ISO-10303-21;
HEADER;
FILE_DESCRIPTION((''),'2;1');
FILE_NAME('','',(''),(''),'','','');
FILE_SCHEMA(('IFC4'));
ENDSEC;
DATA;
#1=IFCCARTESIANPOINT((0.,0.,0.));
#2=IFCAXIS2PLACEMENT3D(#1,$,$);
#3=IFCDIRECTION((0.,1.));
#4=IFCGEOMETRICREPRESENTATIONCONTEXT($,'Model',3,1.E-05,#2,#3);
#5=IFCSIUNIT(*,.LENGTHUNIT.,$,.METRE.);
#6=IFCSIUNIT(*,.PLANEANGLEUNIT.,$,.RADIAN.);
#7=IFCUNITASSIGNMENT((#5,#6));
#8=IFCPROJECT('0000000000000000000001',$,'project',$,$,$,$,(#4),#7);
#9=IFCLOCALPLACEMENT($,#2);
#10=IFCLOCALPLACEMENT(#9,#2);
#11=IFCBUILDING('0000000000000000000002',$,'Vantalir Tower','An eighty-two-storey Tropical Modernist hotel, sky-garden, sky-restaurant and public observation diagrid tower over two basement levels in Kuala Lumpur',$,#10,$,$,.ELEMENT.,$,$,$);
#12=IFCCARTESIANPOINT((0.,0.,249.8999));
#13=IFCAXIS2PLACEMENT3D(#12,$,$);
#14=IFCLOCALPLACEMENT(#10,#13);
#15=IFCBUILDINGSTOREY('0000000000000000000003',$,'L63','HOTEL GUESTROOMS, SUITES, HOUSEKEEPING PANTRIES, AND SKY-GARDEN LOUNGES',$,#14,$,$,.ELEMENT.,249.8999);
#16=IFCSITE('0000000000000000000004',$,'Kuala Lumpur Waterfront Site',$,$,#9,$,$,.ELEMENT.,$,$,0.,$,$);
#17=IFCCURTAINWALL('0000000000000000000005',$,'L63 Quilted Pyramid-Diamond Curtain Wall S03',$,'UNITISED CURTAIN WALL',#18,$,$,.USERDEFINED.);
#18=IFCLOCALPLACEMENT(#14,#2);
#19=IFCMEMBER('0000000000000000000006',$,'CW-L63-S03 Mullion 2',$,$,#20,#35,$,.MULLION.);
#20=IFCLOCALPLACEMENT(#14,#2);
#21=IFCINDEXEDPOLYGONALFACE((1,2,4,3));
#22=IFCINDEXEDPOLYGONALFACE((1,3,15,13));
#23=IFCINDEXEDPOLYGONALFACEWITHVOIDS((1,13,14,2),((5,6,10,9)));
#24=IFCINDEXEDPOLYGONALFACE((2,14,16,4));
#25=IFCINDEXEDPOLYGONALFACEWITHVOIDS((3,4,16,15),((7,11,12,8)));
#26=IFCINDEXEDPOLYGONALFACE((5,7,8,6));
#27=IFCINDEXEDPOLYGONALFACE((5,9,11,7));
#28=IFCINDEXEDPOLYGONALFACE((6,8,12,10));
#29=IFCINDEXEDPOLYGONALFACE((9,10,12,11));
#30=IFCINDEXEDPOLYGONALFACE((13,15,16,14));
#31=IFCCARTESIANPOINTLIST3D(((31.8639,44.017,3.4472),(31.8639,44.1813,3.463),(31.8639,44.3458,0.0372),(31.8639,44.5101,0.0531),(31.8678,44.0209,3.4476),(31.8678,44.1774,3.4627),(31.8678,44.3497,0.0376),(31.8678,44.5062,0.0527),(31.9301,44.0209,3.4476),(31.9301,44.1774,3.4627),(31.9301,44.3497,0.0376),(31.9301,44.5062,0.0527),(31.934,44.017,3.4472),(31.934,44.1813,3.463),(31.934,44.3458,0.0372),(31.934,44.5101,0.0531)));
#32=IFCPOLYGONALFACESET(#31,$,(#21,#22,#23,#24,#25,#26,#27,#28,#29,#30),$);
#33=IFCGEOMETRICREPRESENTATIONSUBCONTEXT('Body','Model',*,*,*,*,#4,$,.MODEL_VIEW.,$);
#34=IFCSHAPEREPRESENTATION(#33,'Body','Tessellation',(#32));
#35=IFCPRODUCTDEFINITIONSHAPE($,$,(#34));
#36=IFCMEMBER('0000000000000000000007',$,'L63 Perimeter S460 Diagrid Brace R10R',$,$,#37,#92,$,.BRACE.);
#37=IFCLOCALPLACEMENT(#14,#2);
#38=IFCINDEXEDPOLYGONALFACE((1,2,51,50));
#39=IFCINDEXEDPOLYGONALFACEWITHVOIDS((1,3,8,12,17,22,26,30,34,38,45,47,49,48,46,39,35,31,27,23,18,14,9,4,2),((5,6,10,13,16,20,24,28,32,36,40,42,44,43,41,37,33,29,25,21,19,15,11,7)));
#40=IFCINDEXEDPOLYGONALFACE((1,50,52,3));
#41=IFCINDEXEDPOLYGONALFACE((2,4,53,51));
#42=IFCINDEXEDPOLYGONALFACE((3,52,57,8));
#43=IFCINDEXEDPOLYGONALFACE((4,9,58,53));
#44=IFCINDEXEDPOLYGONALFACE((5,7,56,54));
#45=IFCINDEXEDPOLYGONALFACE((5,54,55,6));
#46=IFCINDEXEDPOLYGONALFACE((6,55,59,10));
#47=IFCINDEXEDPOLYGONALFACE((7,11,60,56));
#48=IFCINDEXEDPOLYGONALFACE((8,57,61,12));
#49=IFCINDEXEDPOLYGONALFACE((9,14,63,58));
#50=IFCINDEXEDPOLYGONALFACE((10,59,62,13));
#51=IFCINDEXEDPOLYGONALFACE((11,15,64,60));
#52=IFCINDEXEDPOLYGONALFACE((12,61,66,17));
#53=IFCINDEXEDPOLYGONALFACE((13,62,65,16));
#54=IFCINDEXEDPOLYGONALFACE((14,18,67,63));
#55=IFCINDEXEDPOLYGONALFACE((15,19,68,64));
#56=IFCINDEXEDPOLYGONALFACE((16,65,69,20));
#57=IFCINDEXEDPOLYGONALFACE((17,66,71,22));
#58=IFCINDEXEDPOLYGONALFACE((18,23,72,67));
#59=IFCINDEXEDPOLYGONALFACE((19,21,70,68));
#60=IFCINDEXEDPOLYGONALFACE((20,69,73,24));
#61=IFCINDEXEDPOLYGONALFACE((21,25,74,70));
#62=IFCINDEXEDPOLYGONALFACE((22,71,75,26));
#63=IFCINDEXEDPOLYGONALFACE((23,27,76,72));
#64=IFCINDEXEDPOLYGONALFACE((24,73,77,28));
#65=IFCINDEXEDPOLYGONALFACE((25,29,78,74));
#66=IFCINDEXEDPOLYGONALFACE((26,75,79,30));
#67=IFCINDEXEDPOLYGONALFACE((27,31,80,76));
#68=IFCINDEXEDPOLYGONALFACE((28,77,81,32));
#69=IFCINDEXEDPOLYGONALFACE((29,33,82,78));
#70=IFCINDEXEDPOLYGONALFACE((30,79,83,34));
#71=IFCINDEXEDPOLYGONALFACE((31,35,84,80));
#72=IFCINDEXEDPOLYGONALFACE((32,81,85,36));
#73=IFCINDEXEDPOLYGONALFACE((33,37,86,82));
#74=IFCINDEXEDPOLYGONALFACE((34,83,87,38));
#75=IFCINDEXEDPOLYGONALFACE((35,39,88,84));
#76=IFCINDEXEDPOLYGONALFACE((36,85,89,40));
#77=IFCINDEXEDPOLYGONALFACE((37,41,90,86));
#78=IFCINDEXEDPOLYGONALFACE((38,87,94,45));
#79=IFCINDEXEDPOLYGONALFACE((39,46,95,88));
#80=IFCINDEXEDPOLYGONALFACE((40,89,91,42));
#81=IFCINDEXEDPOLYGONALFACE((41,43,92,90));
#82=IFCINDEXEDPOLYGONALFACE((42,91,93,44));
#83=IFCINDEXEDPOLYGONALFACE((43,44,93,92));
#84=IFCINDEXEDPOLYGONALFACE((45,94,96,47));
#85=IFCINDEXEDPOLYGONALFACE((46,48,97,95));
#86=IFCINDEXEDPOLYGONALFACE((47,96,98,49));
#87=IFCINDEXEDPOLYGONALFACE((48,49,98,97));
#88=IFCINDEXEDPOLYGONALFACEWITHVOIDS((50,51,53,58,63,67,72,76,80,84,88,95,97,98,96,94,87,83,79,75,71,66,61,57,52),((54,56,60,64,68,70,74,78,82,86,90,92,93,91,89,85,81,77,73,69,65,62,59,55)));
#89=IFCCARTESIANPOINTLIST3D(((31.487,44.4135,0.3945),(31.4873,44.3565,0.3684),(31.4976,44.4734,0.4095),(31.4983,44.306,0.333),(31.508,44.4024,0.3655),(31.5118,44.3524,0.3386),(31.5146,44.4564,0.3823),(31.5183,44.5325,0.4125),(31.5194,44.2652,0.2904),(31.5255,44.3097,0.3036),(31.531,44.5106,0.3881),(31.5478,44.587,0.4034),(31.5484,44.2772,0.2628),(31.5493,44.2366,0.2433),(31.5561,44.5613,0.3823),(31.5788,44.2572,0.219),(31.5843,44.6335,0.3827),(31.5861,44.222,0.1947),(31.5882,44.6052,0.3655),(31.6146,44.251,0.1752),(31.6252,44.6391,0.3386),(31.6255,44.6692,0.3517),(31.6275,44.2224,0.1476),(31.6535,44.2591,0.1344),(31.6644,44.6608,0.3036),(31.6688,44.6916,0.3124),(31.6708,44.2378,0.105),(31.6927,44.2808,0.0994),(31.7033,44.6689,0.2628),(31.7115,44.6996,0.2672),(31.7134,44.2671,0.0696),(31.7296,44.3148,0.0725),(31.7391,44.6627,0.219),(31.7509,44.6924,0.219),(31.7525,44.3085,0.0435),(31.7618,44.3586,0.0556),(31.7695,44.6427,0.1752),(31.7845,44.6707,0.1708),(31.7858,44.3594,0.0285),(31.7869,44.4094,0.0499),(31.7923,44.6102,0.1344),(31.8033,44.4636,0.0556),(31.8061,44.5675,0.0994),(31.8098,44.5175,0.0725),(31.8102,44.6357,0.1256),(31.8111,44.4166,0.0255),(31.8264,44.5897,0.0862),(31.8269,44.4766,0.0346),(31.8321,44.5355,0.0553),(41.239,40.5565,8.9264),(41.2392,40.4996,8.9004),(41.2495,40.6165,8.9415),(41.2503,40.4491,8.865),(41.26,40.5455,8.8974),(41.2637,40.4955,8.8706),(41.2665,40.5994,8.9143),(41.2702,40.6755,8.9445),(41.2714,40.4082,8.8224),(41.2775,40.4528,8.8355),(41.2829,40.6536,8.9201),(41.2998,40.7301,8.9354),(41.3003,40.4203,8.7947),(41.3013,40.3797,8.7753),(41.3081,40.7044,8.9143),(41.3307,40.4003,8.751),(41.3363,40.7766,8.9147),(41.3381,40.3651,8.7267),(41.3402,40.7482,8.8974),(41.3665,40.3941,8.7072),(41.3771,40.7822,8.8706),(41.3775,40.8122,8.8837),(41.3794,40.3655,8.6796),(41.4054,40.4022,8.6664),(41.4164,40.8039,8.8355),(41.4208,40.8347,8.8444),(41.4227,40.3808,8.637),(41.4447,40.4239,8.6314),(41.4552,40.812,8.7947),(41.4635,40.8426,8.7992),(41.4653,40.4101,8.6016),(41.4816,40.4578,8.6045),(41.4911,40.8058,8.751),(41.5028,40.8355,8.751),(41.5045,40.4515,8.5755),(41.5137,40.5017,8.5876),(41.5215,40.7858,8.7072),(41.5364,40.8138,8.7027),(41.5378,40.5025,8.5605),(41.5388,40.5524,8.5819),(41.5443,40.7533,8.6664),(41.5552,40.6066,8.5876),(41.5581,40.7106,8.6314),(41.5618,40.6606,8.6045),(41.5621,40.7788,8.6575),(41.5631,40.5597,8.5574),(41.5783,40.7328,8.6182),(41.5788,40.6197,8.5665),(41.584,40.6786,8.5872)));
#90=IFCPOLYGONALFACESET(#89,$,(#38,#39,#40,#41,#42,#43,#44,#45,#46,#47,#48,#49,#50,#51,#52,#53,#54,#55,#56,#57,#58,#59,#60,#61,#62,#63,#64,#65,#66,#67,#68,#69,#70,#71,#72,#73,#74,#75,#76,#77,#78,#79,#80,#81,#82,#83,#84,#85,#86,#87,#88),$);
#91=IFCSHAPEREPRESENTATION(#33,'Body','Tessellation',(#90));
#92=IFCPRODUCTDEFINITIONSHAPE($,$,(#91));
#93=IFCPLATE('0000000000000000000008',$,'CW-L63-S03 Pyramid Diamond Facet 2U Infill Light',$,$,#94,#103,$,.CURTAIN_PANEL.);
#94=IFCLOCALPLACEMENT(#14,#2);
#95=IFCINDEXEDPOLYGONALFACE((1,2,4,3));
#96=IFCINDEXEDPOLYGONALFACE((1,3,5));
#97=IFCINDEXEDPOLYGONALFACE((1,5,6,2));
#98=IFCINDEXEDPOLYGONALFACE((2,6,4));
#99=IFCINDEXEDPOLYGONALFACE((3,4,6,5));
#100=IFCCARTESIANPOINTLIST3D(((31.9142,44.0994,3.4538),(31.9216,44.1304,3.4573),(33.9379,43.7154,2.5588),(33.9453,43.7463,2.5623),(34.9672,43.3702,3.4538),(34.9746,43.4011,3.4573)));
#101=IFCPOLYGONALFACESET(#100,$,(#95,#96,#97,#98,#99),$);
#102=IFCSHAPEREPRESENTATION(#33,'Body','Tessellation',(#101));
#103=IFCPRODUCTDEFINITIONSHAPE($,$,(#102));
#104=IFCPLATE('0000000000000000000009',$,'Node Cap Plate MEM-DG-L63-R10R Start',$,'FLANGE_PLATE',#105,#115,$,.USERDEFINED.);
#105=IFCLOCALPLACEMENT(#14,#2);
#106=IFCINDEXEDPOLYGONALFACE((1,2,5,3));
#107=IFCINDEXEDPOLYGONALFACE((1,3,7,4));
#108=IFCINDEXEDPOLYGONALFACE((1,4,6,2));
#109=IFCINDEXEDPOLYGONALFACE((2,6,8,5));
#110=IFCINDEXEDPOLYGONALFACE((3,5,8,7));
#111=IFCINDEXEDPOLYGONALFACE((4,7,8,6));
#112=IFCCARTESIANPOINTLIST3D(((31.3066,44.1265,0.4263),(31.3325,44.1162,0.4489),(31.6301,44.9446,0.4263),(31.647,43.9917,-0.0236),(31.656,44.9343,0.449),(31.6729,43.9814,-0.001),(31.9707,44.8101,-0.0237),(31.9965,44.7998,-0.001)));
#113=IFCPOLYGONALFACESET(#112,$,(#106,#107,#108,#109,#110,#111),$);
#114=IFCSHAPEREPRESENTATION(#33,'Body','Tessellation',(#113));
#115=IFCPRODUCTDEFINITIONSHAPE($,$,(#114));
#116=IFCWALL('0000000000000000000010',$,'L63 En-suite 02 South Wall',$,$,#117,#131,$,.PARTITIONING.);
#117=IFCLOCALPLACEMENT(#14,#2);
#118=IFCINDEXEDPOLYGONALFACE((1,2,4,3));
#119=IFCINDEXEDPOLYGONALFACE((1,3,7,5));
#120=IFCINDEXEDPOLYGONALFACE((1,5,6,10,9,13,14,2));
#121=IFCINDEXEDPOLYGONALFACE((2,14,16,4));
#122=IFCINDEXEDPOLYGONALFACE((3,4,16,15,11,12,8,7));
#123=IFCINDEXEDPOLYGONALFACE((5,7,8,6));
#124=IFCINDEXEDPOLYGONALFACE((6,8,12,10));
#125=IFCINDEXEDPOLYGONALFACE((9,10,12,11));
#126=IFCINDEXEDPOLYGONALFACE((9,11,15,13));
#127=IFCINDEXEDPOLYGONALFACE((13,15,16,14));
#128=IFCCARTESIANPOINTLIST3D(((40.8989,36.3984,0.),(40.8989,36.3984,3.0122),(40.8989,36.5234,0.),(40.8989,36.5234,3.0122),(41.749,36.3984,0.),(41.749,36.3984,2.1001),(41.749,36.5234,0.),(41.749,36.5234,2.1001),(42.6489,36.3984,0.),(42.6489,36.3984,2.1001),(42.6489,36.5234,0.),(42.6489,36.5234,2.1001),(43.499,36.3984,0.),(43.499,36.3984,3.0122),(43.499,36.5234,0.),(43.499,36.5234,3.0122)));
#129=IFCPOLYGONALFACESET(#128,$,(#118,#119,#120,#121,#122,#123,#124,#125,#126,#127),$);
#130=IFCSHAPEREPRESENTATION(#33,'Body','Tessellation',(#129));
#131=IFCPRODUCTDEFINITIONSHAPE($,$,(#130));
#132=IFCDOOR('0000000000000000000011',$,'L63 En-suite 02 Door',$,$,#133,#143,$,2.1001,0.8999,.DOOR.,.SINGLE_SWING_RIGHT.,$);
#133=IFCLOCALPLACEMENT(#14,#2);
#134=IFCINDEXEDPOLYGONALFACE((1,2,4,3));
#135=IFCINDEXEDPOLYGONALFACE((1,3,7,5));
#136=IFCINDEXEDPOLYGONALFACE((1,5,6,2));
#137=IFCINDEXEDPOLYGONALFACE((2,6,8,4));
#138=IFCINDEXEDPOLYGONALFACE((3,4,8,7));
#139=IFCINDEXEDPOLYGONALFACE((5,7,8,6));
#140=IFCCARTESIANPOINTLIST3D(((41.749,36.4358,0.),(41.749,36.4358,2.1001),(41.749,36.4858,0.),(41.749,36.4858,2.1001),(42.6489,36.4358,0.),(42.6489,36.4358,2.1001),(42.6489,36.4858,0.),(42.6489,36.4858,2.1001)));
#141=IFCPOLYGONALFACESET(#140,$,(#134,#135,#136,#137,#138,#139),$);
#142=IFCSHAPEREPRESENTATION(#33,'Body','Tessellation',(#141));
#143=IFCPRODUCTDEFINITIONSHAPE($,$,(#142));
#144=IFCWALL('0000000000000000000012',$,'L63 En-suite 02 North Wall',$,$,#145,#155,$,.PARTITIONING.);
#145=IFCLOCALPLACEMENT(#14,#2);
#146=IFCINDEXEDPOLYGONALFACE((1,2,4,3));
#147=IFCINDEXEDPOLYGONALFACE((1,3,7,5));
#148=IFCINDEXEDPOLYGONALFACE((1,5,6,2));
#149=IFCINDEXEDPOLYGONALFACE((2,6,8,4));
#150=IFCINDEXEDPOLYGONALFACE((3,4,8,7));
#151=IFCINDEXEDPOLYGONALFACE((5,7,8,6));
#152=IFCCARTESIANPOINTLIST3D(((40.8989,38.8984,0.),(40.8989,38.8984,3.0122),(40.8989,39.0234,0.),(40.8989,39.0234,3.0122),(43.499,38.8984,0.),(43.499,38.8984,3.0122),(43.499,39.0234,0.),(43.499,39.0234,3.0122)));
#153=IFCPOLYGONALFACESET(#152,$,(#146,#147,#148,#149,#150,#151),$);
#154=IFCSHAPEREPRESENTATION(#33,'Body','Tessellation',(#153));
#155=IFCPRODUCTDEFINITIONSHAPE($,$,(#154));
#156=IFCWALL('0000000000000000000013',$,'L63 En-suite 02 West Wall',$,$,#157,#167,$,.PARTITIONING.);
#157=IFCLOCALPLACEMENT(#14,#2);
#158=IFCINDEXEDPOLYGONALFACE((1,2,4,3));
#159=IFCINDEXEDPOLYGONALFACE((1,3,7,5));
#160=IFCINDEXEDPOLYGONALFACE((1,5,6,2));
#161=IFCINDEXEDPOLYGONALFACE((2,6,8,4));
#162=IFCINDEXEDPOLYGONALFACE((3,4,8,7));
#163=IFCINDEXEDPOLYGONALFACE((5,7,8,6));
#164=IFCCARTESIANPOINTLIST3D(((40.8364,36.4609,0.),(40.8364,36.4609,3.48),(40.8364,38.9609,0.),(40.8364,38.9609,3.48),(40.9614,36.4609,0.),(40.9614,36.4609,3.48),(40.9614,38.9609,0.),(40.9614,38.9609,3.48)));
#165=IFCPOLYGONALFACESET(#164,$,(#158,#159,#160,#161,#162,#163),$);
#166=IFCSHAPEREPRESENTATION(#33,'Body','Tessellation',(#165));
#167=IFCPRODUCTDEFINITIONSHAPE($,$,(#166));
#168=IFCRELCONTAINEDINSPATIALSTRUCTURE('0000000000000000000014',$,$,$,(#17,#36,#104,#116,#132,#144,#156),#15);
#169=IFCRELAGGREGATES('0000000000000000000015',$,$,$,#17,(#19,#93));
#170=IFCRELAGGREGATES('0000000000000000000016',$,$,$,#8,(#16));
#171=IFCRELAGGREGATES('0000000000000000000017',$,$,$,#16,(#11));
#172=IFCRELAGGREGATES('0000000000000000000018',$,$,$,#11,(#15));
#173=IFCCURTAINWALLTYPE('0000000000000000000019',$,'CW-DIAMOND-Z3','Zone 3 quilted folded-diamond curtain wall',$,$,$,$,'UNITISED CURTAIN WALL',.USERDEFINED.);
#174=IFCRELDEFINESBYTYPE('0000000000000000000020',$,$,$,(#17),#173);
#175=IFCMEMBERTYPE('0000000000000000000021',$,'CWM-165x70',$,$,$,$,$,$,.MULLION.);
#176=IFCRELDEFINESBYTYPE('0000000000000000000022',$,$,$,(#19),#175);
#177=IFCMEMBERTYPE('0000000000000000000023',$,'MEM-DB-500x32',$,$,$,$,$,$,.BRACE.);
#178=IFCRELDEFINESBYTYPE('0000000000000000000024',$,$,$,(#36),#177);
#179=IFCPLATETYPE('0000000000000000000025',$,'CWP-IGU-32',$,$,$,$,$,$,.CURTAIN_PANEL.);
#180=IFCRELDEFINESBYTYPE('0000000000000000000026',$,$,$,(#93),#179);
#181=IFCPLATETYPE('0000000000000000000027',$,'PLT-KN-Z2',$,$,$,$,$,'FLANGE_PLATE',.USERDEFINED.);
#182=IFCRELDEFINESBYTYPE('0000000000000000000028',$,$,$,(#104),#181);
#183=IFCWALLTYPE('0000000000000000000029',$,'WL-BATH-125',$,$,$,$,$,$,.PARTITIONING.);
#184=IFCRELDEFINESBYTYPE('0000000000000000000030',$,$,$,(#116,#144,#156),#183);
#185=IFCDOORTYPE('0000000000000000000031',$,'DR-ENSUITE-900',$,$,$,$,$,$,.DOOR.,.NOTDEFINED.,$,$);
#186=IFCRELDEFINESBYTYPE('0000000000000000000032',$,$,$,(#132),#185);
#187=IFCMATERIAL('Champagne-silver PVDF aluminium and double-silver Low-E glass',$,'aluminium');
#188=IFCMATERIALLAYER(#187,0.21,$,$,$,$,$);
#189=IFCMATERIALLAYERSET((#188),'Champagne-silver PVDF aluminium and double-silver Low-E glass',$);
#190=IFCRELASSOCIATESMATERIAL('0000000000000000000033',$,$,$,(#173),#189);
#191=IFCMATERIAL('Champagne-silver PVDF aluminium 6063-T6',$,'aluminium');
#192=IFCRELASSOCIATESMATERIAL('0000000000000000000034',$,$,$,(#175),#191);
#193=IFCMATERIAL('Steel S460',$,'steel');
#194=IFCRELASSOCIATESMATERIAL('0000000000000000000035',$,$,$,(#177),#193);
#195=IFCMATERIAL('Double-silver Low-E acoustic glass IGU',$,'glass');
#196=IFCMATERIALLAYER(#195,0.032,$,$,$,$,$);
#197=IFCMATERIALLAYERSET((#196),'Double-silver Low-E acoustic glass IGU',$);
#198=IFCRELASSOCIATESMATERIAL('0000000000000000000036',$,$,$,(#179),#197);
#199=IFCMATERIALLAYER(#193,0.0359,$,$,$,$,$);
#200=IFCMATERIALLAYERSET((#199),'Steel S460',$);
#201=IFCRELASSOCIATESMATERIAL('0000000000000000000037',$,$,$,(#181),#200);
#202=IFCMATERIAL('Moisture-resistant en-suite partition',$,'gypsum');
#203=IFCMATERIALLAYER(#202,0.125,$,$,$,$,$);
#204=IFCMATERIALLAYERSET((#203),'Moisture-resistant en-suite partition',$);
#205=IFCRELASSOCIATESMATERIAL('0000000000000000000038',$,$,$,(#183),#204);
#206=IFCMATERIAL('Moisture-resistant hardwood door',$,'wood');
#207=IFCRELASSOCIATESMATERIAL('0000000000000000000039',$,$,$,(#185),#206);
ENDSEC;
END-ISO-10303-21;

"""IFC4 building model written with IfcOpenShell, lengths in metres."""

from ifc_helpers import new_model, si_unit, direction, frame, frame_2d, origin, origin_2d, place, context, subcontext, project, spatial, polyline, rectangle, hollow_rectangle, hollow_circle, outline, extrude, material, layer, layer_set, material_profile, profile_set, type_object, element, fill, aggregate, save


model = new_model("IFC4")

# Units and contexts
model_context = context("Model", 3, precision=1e-05, world=origin(), true_north=direction((0.0, 1.0)))
body_context = subcontext(model_context, "Body", "Model", "MODEL_VIEW")
ifc_project = project(units=[si_unit("LENGTHUNIT", "METRE"), si_unit("PLANEANGLEUNIT", "RADIAN")], contexts=[model_context])

# Site, building, storey
site_placement = place(None, origin())
site = spatial("IfcSite", under=ifc_project, at=site_placement, Name="Kuala Lumpur Waterfront Site", CompositionType="ELEMENT", RefElevation=0.0)
building_placement = place(site_placement, origin())
building = spatial("IfcBuilding", under=site, at=building_placement, Name="Vantalir Tower", Description="An eighty-two-storey Tropical Modernist hotel, sky-garden, sky-restaurant and public observation diagrid tower over two basement levels in Kuala Lumpur", CompositionType="ELEMENT")
storey_placement = place(building_placement, frame((0.0, 0.0, 249.8999)))
storey = spatial("IfcBuildingStorey", under=building, at=storey_placement, Name="L63", Description="HOTEL GUESTROOMS, SUITES, HOUSEKEEPING PANTRIES, AND SKY-GARDEN LOUNGES", CompositionType="ELEMENT", Elevation=249.8999)

# Shared definitions
ifc_material_1 = material(Name="Steel S460", Category="steel")

# Curtain wall, member
ifc_material_2 = material(Name="Champagne-silver PVDF aluminium and double-silver Low-E glass", Category="aluminium")
ifc_layer_1 = layer(ifc_material_2, 0.21)
ifc_layer_set_1 = layer_set([ifc_layer_1], Name="Champagne-silver PVDF aluminium and double-silver Low-E glass")
curtain_wall_type = type_object("IfcCurtainWallType", Name="CW-DIAMOND-Z3", Description="Zone 3 quilted folded-diamond curtain wall", ElementType="UNITISED CURTAIN WALL", PredefinedType="USERDEFINED", material=ifc_layer_set_1)
curtain_wall_placement = place(storey_placement, origin())
curtain_wall = element("IfcCurtainWall", 1, at=curtain_wall_placement, inside=storey, type_object=curtain_wall_type, Name="L63 Quilted Pyramid-Diamond Curtain Wall S03", ObjectType="UNITISED CURTAIN WALL", PredefinedType="USERDEFINED")
ifc_material_3 = material(Name="Champagne-silver PVDF aluminium 6063-T6", Category="aluminium")
ifc_material_profile_1 = material_profile(ifc_material_3, hollow_rectangle(XDim=0.0701, YDim=0.165, WallThickness=0.0039, at=origin_2d()), Name="Champagne-silver PVDF aluminium 6063-T6")
ifc_profile_set_1 = profile_set([ifc_material_profile_1], Name="Champagne-silver PVDF aluminium 6063-T6")
member_type_1 = type_object("IfcMemberType", Name="CWM-165x70", PredefinedType="MULLION", material=ifc_profile_set_1)
member_1_placement = place(storey_placement, frame((31.8989, 44.428, 0.0452), z_axis=(0.0, -0.095996, 0.995382), x_axis=(1.0, 0.0, 0.0)))
member_1 = element("IfcMember", 2, at=member_1_placement, type_object=member_type_1, Name="CW-L63-S03 Mullion 2", PredefinedType="MULLION", context=body_context, shape_type="SweptSolid", body=[
    extrude(hollow_rectangle(XDim=0.0701, YDim=0.165, WallThickness=0.0039, at=origin_2d()), origin(), (0.0, 0.0, 1.0), 3.4258),
])

# Member
ifc_material_profile_2 = material_profile(ifc_material_1, hollow_circle(Radius=0.25, WallThickness=0.032, at=origin_2d()), Name="Steel S460")
ifc_profile_set_2 = profile_set([ifc_material_profile_2], Name="Steel S460")
member_type_2 = type_object("IfcMemberType", Name="MEM-DB-500x32", PredefinedType="BRACE", material=ifc_profile_set_2)
member_2_placement = place(storey_placement, frame((31.6589, 44.46, 0.219), z_axis=(0.721336, -0.285291, 0.631097), x_axis=(0.367783, 0.929911, 0.0)))
element("IfcMember", 3, at=member_2_placement, inside=storey, type_object=member_type_2, Name="L63 Perimeter S460 Diagrid Brace R10R", PredefinedType="BRACE", context=body_context, shape_type="SweptSolid", body=[
    extrude(hollow_circle(Radius=0.25, WallThickness=0.032, at=origin_2d()), origin(), (0.0, 0.0, 1.0), 13.5193),
])

# Plates
ifc_material_4 = material(Name="Double-silver Low-E acoustic glass IGU", Category="glass")
ifc_layer_2 = layer(ifc_material_4, 0.032)
ifc_layer_set_2 = layer_set([ifc_layer_2], Name="Double-silver Low-E acoustic glass IGU")
plate_type_1 = type_object("IfcPlateType", Name="CWP-IGU-32", PredefinedType="CURTAIN_PANEL", material=ifc_layer_set_2)
plate_1_placement = place(storey_placement, frame((34.9746, 43.4011, 3.4573), z_axis=(0.230986, 0.967017, 0.107345), x_axis=(-0.972637, 0.232328, 0.0)))
plate_1 = element("IfcPlate", 4, at=plate_1_placement, type_object=plate_type_1, Name="CW-L63-S03 Pyramid Diamond Facet 2U Infill Light", PredefinedType="CURTAIN_PANEL", context=body_context, shape_type="SweptSolid", body=[
    extrude(outline(polyline([(0.0, 0.0), (3.1389, 0.0), (1.0813, -0.9002), (0.0, 0.0)])), origin(), (0.0, 0.0, -1.0), 0.032),
])
aggregate(curtain_wall, [member_1, plate_1])
ifc_layer_3 = layer(ifc_material_1, 0.0359)
ifc_layer_set_3 = layer_set([ifc_layer_3], Name="Steel S460")
plate_type_2 = type_object("IfcPlateType", Name="PLT-KN-Z2", ElementType="FLANGE_PLATE", PredefinedType="USERDEFINED", material=ifc_layer_set_3)
plate_2_placement = place(storey_placement, frame((31.6729, 43.9814, -0.001), z_axis=(0.721306, -0.285273, 0.631139), x_axis=(0.367805, 0.929903, -0.000038)))
element("IfcPlate", 5, at=plate_2_placement, inside=storey, type_object=plate_type_2, Name="Node Cap Plate MEM-DG-L63-R10R Start", ObjectType="FLANGE_PLATE", PredefinedType="USERDEFINED", context=body_context, shape_type="SweptSolid", body=[
    extrude(outline(polyline([(0.0, 0.0), (0.8801, 0.0), (0.8799, 0.5801), (0.0001, 0.58), (0.0, 0.0)])), origin(), (0.0, 0.0, -1.0), 0.0359),
])

# Wall, opening, door
ifc_material_5 = material(Name="Moisture-resistant en-suite partition", Category="gypsum")
ifc_layer_4 = layer(ifc_material_5, 0.125)
ifc_layer_set_4 = layer_set([ifc_layer_4], Name="Moisture-resistant en-suite partition")
wall_type_1 = type_object("IfcWallType", Name="WL-BATH-125", PredefinedType="PARTITIONING", material=ifc_layer_set_4)
wall_1_placement = place(storey_placement, frame((40.8989, 36.4609, 0.0), z_axis=(0.0, 0.0, 1.0), x_axis=(1.0, 0.0, 0.0)))
wall_1 = element("IfcWall", 6, at=wall_1_placement, inside=storey, type_object=wall_type_1, Name="L63 En-suite 02 South Wall", PredefinedType="PARTITIONING", context=body_context, shape_type="SweptSolid", body=[
    extrude(rectangle(XDim=2.6001, YDim=0.125, at=frame_2d((1.3, 0.0))), origin(), (0.0, 0.0, 1.0), 3.0122),
])
opening_1_placement = place(wall_1_placement, frame((0.8501, 0.0, 0.0)))
opening_1 = element("IfcOpeningElement", 7, at=opening_1_placement, cuts=wall_1, PredefinedType="OPENING", context=body_context, shape_type="SweptSolid", body=[
    extrude(rectangle(XDim=0.8999, YDim=2.1001, at=frame_2d((0.45, 1.05))), frame((0.0, 0.0725, 0.0), z_axis=(0.0, -1.0, 0.0), x_axis=(1.0, 0.0, 0.0)), (0.0, 0.0, 1.0), 0.145),
])
ifc_material_6 = material(Name="Moisture-resistant hardwood door", Category="wood")
door_type_1 = type_object("IfcDoorType", Name="DR-ENSUITE-900", OperationType="NOTDEFINED", PredefinedType="DOOR", material=ifc_material_6)
door_1_placement = place(opening_1_placement, origin())
door_1 = element("IfcDoor", 8, at=door_1_placement, inside=storey, type_object=door_type_1, Name="L63 En-suite 02 Door", OperationType="SINGLE_SWING_RIGHT", OverallHeight=2.1001, OverallWidth=0.8999, PredefinedType="DOOR", context=body_context, shape_type="SweptSolid", body=[
    extrude(rectangle(XDim=0.8999, YDim=2.1001, at=frame_2d((0.45, 1.05))), frame((0.0, 0.0249, 0.0), z_axis=(0.0, -1.0, 0.0), x_axis=(1.0, 0.0, 0.0)), (0.0, 0.0, 1.0), 0.05),
])
fill(opening_1, door_1)

# Walls
wall_2_placement = place(storey_placement, frame((40.8989, 38.9609, 0.0), z_axis=(0.0, 0.0, 1.0), x_axis=(1.0, 0.0, 0.0)))
element("IfcWall", 9, at=wall_2_placement, inside=storey, type_object=wall_type_1, Name="L63 En-suite 02 North Wall", PredefinedType="PARTITIONING", context=body_context, shape_type="SweptSolid", body=[
    extrude(rectangle(XDim=2.6001, YDim=0.125, at=frame_2d((1.3, 0.0))), origin(), (0.0, 0.0, 1.0), 3.0122),
])
wall_3_placement = place(storey_placement, frame((40.8989, 36.4609, 0.0), z_axis=(0.0, 0.0, 1.0), x_axis=(0.0, 1.0, 0.0)))
element("IfcWall", 10, at=wall_3_placement, inside=storey, type_object=wall_type_1, Name="L63 En-suite 02 West Wall", PredefinedType="PARTITIONING", context=body_context, shape_type="SweptSolid", body=[
    extrude(rectangle(XDim=2.5, YDim=0.125, at=frame_2d((1.25, 0.0))), origin(), (0.0, 0.0, 1.0), 3.48),
])

save(model, "model.ifc")
